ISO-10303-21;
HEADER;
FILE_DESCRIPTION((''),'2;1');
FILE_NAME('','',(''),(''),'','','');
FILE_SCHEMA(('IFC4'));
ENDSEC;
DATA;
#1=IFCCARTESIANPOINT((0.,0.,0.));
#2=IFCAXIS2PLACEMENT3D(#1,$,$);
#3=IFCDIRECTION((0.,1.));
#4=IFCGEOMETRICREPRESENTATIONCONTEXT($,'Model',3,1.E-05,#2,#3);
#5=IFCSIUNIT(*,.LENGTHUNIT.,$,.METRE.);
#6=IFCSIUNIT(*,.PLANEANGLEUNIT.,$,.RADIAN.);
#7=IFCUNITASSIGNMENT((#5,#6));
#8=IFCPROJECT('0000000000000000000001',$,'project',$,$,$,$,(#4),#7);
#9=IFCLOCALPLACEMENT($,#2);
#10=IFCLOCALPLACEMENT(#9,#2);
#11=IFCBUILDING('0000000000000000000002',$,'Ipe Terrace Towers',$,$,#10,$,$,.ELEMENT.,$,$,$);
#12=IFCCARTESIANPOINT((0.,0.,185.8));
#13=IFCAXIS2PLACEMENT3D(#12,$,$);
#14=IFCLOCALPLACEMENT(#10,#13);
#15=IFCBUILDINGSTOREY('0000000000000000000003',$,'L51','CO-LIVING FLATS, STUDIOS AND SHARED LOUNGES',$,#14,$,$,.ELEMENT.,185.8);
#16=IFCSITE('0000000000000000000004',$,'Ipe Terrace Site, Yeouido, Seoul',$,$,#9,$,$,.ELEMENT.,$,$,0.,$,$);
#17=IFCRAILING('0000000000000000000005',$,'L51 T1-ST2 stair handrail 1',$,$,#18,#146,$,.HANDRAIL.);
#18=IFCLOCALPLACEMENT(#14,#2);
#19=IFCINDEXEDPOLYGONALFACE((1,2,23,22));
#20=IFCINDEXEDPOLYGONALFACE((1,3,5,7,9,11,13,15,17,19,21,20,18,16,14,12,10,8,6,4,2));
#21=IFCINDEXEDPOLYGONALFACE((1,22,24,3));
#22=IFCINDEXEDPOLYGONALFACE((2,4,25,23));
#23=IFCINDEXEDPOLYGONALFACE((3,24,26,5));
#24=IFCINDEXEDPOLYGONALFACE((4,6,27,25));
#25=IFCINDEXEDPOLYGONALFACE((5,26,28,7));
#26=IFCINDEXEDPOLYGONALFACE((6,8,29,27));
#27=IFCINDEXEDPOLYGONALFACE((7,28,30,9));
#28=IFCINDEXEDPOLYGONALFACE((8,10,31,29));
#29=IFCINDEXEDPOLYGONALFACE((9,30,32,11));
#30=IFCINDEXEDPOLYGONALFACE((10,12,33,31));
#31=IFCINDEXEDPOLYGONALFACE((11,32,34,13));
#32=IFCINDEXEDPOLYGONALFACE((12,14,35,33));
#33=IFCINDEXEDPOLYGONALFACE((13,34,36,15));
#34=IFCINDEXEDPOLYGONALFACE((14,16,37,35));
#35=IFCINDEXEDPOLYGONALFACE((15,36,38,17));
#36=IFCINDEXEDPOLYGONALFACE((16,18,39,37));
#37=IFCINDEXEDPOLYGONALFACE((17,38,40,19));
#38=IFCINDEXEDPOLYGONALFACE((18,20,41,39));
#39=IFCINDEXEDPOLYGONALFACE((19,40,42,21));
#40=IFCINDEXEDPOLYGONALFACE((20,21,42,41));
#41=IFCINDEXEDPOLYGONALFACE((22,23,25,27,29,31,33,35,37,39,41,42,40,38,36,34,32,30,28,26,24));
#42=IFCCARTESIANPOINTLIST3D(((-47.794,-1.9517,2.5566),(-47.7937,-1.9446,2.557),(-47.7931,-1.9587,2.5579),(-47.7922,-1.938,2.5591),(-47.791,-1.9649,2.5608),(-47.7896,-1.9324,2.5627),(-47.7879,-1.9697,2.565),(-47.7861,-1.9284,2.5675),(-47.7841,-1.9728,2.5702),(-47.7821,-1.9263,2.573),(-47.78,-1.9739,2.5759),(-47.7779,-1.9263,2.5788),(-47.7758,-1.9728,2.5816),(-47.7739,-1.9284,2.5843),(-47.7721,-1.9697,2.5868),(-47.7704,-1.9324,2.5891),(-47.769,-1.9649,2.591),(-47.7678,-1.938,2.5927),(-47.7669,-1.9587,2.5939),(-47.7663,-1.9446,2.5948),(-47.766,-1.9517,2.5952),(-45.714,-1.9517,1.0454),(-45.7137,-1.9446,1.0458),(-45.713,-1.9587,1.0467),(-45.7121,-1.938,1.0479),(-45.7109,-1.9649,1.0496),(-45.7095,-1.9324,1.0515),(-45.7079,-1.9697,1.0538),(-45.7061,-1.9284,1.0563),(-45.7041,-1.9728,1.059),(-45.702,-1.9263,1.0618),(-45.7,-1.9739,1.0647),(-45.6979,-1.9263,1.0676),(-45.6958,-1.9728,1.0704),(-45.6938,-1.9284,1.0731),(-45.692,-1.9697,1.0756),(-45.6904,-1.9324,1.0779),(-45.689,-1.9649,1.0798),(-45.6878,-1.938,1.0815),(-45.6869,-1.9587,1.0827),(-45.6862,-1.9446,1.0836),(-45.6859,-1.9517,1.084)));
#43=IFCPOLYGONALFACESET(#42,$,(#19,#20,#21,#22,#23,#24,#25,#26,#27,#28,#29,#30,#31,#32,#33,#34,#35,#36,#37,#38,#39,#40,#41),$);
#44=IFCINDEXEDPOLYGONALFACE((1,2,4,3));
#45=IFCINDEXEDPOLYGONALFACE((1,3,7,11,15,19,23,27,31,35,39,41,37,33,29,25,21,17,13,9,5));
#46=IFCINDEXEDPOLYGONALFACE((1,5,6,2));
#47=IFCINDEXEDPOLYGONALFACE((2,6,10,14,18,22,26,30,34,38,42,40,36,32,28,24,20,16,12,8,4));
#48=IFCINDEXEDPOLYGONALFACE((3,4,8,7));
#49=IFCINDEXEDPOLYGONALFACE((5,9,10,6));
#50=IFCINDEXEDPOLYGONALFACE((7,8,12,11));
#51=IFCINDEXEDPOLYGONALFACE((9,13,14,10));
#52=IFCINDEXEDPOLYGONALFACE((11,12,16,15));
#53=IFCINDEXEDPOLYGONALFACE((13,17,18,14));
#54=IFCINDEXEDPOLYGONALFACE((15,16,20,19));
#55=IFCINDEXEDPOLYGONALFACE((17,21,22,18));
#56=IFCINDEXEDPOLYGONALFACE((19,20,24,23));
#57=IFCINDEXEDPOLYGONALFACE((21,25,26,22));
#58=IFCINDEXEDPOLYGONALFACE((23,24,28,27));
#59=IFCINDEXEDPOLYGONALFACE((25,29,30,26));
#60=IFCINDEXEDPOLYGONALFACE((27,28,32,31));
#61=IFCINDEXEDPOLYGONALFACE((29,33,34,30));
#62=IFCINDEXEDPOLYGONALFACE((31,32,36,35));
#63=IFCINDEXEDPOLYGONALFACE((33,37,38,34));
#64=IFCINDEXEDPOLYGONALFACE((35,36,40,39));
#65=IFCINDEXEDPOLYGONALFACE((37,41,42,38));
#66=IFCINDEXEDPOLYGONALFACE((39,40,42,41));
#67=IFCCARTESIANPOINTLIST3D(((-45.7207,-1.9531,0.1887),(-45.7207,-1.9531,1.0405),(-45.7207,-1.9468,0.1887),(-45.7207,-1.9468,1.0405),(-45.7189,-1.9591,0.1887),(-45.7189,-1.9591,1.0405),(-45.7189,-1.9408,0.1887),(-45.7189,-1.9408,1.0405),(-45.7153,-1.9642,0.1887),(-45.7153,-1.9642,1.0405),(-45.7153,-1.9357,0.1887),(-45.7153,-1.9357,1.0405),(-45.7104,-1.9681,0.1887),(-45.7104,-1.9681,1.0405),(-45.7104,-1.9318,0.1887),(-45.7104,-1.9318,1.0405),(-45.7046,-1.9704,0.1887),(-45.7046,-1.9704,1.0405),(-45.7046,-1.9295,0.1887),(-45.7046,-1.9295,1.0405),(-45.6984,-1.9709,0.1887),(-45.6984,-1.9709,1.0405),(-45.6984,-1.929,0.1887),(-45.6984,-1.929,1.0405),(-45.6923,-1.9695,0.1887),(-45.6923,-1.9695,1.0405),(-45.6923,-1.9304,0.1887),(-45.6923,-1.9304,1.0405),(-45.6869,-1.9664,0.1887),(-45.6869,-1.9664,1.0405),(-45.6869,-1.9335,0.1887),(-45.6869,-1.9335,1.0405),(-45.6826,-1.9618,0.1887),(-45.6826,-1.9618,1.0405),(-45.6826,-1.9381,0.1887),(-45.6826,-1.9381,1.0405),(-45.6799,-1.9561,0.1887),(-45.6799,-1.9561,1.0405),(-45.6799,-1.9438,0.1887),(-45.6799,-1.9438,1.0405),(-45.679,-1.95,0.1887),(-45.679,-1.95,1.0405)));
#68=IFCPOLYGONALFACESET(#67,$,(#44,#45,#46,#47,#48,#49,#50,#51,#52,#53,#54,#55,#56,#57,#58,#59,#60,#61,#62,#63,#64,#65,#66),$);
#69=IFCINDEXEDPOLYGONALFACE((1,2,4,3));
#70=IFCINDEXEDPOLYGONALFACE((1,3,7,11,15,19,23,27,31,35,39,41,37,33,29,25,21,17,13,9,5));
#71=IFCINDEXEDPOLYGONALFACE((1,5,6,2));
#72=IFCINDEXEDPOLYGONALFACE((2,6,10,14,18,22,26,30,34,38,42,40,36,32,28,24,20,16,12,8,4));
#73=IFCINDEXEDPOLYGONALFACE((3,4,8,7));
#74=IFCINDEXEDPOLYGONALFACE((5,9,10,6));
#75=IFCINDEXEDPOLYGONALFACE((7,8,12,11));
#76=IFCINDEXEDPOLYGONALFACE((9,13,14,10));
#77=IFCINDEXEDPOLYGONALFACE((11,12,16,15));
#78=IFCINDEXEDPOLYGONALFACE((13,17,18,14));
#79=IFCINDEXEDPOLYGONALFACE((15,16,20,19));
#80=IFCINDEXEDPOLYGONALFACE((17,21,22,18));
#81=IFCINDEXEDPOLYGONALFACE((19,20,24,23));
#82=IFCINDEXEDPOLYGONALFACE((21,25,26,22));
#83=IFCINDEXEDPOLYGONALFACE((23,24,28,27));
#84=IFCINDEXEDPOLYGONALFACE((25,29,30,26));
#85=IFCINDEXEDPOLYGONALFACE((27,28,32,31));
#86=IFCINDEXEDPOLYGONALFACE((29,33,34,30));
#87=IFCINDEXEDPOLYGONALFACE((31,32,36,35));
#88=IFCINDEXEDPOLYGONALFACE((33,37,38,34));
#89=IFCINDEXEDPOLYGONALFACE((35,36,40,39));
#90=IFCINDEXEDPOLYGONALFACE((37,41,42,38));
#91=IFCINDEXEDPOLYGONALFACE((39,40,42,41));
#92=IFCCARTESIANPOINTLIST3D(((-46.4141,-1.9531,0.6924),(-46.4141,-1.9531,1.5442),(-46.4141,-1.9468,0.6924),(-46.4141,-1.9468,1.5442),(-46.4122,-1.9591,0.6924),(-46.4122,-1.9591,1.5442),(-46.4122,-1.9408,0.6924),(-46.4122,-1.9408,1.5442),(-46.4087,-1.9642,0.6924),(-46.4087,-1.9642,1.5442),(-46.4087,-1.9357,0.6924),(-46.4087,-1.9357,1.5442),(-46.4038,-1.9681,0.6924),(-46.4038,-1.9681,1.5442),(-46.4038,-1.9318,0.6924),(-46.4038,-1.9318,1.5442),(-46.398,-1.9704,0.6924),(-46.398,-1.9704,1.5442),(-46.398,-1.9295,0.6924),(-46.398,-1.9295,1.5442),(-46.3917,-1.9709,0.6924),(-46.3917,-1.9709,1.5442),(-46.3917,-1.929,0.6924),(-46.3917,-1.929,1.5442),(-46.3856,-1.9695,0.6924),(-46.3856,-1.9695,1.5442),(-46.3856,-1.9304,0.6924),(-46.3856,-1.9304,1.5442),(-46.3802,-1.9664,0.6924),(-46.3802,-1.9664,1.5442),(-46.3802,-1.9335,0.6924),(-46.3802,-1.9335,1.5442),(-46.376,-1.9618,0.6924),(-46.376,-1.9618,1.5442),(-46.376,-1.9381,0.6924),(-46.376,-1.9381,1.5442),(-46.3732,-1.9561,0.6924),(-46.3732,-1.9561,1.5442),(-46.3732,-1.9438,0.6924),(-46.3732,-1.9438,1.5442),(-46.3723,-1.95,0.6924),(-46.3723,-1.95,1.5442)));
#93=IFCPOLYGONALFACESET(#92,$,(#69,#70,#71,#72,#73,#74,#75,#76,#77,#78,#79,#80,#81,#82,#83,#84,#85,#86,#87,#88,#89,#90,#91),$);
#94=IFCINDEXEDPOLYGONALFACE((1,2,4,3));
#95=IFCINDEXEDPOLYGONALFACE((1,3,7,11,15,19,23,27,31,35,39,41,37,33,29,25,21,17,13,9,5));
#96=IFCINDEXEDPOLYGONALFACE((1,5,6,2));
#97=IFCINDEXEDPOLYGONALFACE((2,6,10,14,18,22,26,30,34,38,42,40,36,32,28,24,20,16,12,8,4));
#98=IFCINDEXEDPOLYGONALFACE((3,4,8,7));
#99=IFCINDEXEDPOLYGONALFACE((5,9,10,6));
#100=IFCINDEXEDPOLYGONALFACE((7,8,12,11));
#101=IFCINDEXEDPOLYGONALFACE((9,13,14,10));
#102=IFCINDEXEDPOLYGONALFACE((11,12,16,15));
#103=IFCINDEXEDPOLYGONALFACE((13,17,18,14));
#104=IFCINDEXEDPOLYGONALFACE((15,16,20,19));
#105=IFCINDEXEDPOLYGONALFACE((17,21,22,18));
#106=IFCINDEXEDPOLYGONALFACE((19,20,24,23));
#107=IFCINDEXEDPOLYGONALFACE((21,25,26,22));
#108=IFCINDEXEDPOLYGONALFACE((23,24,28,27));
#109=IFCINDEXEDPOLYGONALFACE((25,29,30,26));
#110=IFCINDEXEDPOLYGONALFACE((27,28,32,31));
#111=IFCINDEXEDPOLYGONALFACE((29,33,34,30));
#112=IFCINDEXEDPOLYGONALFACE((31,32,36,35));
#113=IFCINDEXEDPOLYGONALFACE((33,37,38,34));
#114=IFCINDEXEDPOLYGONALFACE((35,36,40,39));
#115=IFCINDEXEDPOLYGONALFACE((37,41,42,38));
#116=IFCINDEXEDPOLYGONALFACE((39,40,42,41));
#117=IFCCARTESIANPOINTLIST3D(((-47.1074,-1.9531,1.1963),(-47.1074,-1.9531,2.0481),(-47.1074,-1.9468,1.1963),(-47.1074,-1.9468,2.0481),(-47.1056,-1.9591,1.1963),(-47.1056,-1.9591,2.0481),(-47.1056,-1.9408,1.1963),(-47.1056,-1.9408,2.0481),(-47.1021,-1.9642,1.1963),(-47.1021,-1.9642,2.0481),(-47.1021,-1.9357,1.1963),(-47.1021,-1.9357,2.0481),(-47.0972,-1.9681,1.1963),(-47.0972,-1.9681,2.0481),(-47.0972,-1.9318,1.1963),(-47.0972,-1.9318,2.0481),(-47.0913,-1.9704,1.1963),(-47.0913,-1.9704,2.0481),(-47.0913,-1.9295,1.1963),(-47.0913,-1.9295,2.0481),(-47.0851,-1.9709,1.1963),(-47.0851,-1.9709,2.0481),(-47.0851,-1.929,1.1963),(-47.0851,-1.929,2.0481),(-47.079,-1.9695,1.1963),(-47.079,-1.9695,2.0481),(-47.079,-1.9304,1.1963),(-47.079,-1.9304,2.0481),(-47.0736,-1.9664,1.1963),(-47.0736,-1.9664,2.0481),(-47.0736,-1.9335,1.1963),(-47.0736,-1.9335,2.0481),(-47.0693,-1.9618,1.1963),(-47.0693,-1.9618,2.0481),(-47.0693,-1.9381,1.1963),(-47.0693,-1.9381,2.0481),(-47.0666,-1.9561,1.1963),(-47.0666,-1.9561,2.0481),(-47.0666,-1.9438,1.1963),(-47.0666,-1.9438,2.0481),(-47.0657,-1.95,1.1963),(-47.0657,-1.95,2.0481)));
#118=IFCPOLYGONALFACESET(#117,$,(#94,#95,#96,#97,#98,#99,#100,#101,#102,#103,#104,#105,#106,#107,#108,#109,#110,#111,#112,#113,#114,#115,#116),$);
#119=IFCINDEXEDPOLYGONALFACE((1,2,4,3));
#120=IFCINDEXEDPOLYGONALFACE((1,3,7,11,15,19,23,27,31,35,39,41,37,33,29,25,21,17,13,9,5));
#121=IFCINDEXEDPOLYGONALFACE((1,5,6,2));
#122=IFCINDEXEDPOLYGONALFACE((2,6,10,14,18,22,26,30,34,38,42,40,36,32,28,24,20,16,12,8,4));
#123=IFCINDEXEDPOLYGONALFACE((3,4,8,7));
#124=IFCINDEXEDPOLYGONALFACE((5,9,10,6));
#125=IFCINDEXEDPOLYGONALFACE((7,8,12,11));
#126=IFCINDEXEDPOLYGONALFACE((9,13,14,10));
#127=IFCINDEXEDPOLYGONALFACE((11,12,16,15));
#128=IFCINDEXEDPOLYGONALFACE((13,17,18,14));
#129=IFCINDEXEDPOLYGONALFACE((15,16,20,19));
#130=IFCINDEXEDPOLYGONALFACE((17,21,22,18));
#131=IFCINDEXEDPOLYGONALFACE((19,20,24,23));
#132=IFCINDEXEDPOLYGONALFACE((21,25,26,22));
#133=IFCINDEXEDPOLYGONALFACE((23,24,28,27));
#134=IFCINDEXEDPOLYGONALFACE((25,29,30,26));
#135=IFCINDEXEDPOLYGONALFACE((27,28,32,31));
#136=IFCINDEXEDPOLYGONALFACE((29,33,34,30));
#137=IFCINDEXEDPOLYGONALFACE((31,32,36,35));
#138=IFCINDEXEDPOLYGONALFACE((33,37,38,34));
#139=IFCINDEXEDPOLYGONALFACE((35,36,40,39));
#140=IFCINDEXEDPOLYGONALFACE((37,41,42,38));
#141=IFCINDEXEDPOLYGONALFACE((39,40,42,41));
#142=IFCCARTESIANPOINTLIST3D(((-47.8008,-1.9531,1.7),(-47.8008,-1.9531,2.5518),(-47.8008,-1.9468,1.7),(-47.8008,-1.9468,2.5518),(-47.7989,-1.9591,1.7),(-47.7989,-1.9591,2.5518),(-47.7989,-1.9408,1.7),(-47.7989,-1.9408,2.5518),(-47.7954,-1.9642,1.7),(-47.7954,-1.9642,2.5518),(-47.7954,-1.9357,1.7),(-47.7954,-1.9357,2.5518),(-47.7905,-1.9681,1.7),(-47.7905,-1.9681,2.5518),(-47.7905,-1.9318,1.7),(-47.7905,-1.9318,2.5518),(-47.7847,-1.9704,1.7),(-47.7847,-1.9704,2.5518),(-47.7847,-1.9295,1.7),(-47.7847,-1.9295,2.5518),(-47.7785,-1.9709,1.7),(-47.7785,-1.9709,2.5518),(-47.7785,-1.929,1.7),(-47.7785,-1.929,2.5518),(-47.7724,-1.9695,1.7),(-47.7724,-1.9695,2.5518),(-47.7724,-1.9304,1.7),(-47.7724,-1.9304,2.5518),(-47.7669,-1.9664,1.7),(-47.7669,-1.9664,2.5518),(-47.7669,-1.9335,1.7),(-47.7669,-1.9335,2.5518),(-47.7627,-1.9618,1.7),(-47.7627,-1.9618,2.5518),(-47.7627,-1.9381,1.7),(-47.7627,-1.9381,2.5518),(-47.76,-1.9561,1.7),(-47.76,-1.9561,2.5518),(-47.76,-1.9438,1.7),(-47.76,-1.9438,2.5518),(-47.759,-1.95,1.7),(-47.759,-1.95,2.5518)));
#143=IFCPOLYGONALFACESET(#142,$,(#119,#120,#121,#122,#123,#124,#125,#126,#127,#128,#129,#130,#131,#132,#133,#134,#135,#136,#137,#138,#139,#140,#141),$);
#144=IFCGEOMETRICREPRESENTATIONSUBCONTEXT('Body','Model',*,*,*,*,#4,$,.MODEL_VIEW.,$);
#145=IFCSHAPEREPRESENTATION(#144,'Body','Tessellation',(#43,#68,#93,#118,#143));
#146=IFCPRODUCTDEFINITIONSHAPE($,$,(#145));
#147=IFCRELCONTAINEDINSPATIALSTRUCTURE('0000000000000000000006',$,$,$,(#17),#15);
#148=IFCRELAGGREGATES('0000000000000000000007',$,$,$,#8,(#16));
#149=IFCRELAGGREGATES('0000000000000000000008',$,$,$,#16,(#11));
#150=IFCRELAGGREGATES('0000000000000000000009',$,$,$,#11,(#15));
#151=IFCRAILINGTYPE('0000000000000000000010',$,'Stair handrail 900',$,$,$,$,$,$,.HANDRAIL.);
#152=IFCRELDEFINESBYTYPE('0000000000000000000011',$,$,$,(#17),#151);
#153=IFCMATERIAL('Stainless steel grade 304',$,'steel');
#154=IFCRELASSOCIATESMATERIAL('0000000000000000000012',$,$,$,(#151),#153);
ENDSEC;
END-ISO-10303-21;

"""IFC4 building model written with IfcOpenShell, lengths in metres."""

from ifc_helpers import new_model, si_unit, direction, frame, origin, origin_2d, place, context, subcontext, project, spatial, circle, extrude, material, type_object, element, save


model = new_model("IFC4")

# Units and contexts
model_context = context("Model", 3, precision=1e-05, world=origin(), true_north=direction((0.0, 1.0)))
body_context = subcontext(model_context, "Body", "Model", "MODEL_VIEW")
ifc_project = project(units=[si_unit("LENGTHUNIT", "METRE"), si_unit("PLANEANGLEUNIT", "RADIAN")], contexts=[model_context])

# Site, building, storey
site_placement = place(None, origin())
site = spatial("IfcSite", under=ifc_project, at=site_placement, Name="Ipe Terrace Site, Yeouido, Seoul", CompositionType="ELEMENT", RefElevation=0.0)
building_placement = place(site_placement, origin())
building = spatial("IfcBuilding", under=site, at=building_placement, Name="Ipe Terrace Towers", CompositionType="ELEMENT")
storey_placement = place(building_placement, frame((0.0, 0.0, 185.8)))
storey = spatial("IfcBuildingStorey", under=building, at=storey_placement, Name="L51", Description="CO-LIVING FLATS, STUDIOS AND SHARED LOUNGES", CompositionType="ELEMENT", Elevation=185.8)

# Railing
ifc_material_1 = material(Name="Stainless steel grade 304", Category="steel")
railing_type_1 = type_object("IfcRailingType", Name="Stair handrail 900", PredefinedType="HANDRAIL", material=ifc_material_1)
railing_1_placement = place(storey_placement, frame((-45.7, -1.95, 0.1887)))
element("IfcRailing", 1, at=railing_1_placement, inside=storey, type_object=railing_type_1, Name="L51 T1-ST2 stair handrail 1", PredefinedType="HANDRAIL", context=body_context, shape_type="SweptSolid", body=[
    extrude(circle(Radius=0.0239, at=origin_2d()), frame((0.0, 0.0, 0.876), z_axis=(-0.809023, 0.0, 0.587776), x_axis=(0.0, -1.0, 0.0)), (0.0, 0.0, 1.0), 2.571),
    extrude(circle(Radius=0.021, at=origin_2d()), origin(), (0.0, 0.0, 1.0), 0.8518),
    extrude(circle(Radius=0.021, at=origin_2d()), frame((-0.6934, 0.0, 0.5037)), (0.0, 0.0, 1.0), 0.8518),
    extrude(circle(Radius=0.021, at=origin_2d()), frame((-1.3867, 0.0, 1.0076)), (0.0, 0.0, 1.0), 0.8518),
    extrude(circle(Radius=0.021, at=origin_2d()), frame((-2.0801, 0.0, 1.5112)), (0.0, 0.0, 1.0), 0.8518),
])

save(model, "model.ifc")
